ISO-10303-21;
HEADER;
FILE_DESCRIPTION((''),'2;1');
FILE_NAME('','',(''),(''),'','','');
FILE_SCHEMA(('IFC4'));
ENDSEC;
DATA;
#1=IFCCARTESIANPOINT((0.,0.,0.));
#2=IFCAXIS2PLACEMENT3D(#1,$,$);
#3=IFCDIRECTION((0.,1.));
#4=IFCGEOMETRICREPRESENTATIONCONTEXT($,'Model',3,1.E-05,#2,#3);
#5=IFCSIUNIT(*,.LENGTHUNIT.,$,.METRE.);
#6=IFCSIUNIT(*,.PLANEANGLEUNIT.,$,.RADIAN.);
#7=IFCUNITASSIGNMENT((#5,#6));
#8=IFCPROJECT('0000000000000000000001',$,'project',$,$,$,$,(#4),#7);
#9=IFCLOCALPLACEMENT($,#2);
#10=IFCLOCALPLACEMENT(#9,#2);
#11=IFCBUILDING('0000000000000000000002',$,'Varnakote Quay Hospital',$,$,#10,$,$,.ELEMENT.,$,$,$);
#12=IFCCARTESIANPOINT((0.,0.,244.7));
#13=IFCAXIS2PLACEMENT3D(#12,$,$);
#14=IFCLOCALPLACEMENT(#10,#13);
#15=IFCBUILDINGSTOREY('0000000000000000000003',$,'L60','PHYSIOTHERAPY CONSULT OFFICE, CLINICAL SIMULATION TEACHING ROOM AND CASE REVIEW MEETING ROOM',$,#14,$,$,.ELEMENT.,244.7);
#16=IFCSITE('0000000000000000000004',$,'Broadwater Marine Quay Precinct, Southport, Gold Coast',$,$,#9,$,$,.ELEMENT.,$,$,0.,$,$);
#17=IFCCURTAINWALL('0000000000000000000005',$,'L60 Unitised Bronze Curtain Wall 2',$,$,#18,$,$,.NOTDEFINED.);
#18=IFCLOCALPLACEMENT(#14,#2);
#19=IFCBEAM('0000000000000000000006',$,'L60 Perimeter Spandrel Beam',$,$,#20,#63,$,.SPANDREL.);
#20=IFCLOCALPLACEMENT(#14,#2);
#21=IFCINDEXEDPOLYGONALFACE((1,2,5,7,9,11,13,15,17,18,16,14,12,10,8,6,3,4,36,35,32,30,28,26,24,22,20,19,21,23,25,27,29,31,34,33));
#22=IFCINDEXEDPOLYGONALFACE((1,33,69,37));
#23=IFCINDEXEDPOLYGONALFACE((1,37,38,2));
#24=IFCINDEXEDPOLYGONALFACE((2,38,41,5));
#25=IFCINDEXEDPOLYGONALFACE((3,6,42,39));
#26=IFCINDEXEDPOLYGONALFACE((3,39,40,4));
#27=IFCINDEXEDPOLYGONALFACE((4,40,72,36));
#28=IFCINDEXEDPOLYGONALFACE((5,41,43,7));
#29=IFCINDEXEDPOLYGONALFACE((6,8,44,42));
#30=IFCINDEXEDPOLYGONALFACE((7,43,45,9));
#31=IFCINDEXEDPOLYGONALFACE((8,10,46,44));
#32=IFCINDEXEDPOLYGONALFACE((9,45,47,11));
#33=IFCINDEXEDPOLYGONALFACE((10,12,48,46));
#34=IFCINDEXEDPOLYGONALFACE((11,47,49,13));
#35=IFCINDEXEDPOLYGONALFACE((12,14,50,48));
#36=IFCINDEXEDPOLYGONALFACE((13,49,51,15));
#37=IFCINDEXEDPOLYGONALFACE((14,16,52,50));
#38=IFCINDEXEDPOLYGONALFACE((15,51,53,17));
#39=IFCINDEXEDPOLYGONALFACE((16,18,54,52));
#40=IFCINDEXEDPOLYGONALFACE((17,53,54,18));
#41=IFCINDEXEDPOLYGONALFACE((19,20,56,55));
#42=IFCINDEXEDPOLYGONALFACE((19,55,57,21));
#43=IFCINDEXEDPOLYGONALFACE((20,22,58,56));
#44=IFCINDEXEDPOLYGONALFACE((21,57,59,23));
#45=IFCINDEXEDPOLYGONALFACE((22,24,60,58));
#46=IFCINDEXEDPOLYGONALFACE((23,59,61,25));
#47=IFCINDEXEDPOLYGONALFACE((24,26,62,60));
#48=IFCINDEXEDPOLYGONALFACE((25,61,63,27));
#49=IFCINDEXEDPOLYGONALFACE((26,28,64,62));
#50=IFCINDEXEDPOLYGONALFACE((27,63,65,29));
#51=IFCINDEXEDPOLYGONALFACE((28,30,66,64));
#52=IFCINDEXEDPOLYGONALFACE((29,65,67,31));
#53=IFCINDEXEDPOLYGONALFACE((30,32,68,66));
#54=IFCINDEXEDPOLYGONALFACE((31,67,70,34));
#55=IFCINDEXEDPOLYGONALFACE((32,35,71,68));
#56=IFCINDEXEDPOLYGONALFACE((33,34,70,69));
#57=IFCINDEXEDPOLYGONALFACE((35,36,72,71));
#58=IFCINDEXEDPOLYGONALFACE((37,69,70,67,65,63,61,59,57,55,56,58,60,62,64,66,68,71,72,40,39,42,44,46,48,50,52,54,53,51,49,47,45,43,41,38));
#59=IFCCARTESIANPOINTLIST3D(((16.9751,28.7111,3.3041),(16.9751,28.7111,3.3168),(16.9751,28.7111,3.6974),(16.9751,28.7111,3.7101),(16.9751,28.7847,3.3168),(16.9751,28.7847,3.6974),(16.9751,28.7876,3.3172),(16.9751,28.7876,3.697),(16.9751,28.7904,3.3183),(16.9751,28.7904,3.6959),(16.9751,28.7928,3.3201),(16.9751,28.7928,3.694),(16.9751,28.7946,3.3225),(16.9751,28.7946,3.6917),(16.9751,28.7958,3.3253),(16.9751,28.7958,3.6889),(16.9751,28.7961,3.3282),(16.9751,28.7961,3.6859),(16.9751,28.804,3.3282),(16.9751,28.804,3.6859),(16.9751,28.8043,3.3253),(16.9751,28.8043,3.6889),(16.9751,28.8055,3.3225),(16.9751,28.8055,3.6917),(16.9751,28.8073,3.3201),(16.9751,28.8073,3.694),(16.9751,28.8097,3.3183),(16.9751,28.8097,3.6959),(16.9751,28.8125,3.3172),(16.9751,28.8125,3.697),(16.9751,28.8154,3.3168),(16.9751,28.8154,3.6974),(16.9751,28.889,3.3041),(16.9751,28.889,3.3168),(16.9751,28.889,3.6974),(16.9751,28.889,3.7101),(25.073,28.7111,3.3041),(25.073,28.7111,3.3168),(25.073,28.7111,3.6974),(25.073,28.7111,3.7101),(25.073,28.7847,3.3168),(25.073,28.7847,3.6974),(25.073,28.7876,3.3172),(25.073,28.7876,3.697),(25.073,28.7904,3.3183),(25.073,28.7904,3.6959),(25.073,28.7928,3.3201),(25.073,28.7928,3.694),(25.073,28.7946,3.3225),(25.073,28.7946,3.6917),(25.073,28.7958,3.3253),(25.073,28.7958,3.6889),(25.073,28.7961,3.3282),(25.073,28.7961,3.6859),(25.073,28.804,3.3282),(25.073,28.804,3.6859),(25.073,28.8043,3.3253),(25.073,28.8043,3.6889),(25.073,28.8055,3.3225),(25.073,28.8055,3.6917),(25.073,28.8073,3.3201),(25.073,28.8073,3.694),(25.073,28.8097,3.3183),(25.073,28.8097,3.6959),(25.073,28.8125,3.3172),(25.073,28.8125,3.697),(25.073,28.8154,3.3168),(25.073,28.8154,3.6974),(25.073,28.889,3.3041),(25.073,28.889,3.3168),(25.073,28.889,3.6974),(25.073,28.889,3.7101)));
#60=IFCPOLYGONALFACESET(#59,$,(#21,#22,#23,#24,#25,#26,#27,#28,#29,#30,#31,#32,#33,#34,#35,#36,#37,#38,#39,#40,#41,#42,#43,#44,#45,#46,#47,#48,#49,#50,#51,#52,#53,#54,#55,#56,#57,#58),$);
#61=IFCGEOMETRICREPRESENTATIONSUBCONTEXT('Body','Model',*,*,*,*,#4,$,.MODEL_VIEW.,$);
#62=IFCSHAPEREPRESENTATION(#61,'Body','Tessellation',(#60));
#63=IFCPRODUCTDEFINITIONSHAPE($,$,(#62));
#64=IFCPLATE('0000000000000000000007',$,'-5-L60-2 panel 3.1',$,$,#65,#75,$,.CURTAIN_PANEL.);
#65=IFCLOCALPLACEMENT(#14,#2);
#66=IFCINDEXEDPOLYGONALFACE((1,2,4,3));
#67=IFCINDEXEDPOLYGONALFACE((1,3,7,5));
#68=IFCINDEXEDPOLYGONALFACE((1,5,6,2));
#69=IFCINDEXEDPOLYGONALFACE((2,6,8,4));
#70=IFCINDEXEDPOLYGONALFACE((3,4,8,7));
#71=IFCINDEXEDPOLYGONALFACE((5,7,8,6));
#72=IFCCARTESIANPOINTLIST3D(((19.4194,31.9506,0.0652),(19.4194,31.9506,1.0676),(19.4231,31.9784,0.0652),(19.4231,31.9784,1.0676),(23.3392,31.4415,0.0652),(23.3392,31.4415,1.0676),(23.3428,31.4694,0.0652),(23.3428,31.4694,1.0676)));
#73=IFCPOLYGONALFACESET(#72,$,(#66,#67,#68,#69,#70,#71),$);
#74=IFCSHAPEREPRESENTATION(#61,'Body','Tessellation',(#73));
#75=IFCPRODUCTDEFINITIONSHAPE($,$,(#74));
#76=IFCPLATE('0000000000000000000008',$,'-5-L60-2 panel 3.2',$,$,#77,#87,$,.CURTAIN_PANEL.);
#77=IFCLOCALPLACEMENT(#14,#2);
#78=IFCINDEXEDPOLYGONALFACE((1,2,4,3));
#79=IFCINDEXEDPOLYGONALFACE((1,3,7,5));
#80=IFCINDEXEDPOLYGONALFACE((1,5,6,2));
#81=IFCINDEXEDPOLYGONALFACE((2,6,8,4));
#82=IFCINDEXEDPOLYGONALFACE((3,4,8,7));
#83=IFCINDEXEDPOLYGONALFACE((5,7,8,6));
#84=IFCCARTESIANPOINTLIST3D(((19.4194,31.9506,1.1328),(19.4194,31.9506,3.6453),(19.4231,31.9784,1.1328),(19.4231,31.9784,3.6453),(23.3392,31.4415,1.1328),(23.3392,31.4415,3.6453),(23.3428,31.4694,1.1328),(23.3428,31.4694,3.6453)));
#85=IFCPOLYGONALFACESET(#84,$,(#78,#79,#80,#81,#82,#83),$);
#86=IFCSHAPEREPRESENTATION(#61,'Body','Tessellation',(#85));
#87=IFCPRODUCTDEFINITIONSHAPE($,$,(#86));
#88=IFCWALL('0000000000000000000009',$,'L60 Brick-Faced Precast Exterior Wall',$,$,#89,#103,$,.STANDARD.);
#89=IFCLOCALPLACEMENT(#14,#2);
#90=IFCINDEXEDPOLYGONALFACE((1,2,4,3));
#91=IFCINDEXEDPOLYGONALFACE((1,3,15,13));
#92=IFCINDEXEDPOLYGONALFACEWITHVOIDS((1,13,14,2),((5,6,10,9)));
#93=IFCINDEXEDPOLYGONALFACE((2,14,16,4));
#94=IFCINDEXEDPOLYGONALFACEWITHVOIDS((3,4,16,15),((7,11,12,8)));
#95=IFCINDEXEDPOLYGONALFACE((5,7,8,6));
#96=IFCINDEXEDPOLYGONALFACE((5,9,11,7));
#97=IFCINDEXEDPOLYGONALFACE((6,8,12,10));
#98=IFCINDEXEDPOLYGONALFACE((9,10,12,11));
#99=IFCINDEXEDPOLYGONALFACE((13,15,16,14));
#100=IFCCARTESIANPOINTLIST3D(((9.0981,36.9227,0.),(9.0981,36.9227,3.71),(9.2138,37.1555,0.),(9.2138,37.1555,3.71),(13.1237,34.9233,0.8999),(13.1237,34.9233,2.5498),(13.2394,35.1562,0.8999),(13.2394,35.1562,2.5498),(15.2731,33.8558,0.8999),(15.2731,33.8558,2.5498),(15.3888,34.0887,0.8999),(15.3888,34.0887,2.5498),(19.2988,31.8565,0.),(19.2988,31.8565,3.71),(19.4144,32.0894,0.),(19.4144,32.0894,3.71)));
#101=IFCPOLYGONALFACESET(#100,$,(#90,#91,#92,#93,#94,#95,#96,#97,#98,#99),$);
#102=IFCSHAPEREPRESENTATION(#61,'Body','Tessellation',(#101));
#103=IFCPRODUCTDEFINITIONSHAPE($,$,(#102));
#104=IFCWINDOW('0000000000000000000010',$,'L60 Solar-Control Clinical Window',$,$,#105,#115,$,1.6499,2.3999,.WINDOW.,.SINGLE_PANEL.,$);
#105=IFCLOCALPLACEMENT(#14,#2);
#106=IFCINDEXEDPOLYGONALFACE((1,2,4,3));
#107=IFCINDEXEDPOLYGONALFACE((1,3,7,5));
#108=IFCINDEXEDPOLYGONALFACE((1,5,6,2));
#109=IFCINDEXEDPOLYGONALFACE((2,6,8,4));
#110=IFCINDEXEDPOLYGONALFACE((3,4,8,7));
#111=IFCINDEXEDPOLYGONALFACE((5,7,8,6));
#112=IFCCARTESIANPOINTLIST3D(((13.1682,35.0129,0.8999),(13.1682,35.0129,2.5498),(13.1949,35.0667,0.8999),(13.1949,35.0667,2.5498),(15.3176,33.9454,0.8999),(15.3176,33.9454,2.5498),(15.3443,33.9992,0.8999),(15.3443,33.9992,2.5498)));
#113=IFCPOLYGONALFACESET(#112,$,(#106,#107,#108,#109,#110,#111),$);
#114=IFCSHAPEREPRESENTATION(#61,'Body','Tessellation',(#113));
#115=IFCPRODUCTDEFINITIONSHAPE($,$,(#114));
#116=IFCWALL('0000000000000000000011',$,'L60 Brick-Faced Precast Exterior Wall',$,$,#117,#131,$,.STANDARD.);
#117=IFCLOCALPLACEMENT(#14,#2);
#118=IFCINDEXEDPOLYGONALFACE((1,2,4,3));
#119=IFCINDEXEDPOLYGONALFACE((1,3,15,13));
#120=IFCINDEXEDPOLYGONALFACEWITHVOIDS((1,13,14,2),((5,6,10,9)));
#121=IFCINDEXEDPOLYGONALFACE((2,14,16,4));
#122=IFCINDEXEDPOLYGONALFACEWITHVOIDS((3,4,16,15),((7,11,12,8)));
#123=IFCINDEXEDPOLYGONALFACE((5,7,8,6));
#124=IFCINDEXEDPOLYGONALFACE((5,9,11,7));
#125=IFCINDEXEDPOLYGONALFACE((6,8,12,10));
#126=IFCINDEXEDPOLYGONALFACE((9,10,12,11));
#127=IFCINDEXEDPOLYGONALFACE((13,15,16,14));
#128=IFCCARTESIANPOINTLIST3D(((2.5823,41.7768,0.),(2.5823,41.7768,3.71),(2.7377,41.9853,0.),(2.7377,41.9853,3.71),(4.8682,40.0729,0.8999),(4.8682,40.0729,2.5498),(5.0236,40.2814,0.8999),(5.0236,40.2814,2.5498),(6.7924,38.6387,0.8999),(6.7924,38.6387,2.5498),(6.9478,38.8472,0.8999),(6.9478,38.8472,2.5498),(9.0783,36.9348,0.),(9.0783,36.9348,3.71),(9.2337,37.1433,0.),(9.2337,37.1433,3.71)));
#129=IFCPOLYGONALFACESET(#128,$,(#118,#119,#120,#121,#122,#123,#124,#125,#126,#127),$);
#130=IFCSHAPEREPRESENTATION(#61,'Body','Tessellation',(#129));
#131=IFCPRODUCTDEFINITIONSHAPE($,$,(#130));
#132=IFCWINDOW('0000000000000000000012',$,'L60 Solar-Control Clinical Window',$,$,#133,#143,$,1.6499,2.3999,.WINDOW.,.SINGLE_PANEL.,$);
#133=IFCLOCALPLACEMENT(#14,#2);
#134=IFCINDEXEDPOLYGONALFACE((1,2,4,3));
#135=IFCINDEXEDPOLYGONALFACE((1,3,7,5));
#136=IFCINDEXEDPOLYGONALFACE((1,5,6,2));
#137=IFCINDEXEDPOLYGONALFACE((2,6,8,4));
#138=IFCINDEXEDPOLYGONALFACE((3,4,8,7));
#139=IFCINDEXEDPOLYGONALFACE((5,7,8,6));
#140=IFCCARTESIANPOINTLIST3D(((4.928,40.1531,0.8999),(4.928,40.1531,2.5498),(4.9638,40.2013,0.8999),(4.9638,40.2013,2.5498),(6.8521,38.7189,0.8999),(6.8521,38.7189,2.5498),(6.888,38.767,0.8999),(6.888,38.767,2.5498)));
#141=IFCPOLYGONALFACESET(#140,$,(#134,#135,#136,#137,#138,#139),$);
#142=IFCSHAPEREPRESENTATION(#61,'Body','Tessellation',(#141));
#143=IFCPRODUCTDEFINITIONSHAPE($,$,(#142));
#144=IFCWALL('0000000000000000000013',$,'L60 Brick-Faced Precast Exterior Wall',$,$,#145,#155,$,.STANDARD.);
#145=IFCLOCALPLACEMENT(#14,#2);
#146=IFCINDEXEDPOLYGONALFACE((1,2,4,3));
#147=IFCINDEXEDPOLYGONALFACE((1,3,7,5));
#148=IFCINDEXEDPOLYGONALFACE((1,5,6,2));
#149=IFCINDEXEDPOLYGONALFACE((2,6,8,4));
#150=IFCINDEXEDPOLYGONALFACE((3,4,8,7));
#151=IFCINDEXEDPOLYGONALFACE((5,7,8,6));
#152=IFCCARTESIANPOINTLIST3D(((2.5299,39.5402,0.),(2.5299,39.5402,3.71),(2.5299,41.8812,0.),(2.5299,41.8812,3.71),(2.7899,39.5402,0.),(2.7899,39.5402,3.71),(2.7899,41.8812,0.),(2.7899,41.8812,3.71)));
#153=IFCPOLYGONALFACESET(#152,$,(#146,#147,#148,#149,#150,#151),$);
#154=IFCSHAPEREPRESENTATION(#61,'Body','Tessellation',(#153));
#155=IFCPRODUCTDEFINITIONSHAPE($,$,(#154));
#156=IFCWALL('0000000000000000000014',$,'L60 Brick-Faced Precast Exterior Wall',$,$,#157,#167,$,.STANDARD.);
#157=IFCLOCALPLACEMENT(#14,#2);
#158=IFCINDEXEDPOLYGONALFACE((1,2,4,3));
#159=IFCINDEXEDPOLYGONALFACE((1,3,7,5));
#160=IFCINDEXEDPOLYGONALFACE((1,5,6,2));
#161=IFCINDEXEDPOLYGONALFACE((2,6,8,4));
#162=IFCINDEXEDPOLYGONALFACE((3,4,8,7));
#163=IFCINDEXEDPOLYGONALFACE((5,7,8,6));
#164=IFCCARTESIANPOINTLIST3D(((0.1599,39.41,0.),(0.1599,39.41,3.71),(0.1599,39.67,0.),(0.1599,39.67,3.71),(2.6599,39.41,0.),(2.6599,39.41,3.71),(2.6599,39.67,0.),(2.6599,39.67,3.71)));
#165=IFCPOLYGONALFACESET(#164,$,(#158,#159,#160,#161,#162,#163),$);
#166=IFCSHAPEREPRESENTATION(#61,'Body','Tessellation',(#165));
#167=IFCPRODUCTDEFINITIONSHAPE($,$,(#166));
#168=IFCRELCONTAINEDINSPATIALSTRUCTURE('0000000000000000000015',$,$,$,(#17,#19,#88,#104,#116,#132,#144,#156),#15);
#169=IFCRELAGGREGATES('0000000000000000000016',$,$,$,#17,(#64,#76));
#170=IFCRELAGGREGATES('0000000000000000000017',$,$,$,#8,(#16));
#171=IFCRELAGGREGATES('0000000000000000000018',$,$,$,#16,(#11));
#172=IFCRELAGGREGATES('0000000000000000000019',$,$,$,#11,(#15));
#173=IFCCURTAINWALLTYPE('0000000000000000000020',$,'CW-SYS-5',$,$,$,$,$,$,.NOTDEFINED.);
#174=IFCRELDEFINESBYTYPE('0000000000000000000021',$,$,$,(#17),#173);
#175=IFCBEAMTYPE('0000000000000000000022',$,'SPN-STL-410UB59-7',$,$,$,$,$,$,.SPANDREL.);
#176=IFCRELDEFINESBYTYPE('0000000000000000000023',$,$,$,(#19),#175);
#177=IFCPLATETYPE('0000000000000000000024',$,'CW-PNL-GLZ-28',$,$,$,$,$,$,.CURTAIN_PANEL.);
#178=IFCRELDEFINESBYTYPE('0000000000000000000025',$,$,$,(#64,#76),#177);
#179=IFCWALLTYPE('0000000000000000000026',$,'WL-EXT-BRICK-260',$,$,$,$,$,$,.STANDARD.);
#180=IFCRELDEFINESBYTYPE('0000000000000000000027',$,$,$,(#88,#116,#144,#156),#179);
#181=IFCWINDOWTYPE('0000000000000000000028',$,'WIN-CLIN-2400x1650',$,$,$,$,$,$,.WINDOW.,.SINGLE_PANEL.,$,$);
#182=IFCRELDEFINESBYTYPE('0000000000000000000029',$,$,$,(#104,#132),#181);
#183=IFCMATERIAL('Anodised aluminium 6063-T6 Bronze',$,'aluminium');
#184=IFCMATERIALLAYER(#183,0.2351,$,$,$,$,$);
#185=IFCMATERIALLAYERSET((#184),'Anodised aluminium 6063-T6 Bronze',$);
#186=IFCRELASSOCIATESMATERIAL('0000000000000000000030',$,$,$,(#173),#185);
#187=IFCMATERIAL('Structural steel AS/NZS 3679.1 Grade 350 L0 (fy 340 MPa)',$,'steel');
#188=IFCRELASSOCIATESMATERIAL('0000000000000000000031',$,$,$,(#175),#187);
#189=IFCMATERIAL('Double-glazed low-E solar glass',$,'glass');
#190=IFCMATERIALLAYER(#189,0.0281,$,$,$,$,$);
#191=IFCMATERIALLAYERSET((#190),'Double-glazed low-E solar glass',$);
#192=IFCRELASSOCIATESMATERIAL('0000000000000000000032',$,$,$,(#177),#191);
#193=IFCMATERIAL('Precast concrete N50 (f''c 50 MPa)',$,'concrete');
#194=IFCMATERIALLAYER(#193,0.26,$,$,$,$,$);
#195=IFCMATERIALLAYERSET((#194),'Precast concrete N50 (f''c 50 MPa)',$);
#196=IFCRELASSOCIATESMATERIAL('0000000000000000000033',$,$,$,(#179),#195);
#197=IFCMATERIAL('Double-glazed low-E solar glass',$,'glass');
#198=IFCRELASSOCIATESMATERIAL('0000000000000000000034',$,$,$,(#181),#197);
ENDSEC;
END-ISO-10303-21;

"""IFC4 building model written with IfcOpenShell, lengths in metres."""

from ifc_helpers import new_model, si_unit, direction, frame, frame_2d, origin, origin_2d, place, context, subcontext, project, spatial, rectangle, i_section, extrude, material, layer, layer_set, material_profile, profile_set, type_object, element, fill, aggregate, save


model = new_model("IFC4")

# Units and contexts
model_context = context("Model", 3, precision=1e-05, world=origin(), true_north=direction((0.0, 1.0)))
body_context = subcontext(model_context, "Body", "Model", "MODEL_VIEW")
ifc_project = project(units=[si_unit("LENGTHUNIT", "METRE"), si_unit("PLANEANGLEUNIT", "RADIAN")], contexts=[model_context])

# Site, building, storey
site_placement = place(None, origin())
site = spatial("IfcSite", under=ifc_project, at=site_placement, Name="Broadwater Marine Quay Precinct, Southport, Gold Coast", CompositionType="ELEMENT", RefElevation=0.0)
building_placement = place(site_placement, origin())
building = spatial("IfcBuilding", under=site, at=building_placement, Name="Varnakote Quay Hospital", CompositionType="ELEMENT")
storey_placement = place(building_placement, frame((0.0, 0.0, 244.7)))
storey = spatial("IfcBuildingStorey", under=building, at=storey_placement, Name="L60", Description="PHYSIOTHERAPY CONSULT OFFICE, CLINICAL SIMULATION TEACHING ROOM AND CASE REVIEW MEETING ROOM", CompositionType="ELEMENT", Elevation=244.7)

# Curtain wall
ifc_material_1 = material(Name="Anodised aluminium 6063-T6 Bronze", Category="aluminium")
ifc_layer_1 = layer(ifc_material_1, 0.2351)
ifc_layer_set_1 = layer_set([ifc_layer_1], Name="Anodised aluminium 6063-T6 Bronze")
curtain_wall_type = type_object("IfcCurtainWallType", Name="CW-SYS-5", PredefinedType="NOTDEFINED", material=ifc_layer_set_1)
curtain_wall_placement = place(storey_placement, origin())
curtain_wall = element("IfcCurtainWall", 1, at=curtain_wall_placement, inside=storey, type_object=curtain_wall_type, Name="L60 Unitised Bronze Curtain Wall 2", PredefinedType="NOTDEFINED")

# Beam
ifc_material_2 = material(Name="Structural steel AS/NZS 3679.1 Grade 350 L0 (fy 340 MPa)", Category="steel")
ifc_material_profile_1 = material_profile(ifc_material_2, i_section(OverallWidth=0.178, OverallDepth=0.406, WebThickness=0.0078, FlangeThickness=0.0127, FilletRadius=0.0115, at=origin_2d()), Name="410UB59.7")
ifc_profile_set_1 = profile_set([ifc_material_profile_1], Name="Structural steel AS/NZS 3679.1 Grade 350 L0 (fy 340 MPa)")
beam_type_1 = type_object("IfcBeamType", Name="SPN-STL-410UB59-7", PredefinedType="SPANDREL", material=ifc_profile_set_1)
beam_1_placement = place(storey_placement, frame((16.9751, 28.8, 3.5071), z_axis=(1.0, 0.0, 0.0), x_axis=(0.0, 1.0, 0.0)))
element("IfcBeam", 2, at=beam_1_placement, inside=storey, type_object=beam_type_1, Name="L60 Perimeter Spandrel Beam", PredefinedType="SPANDREL", context=body_context, shape_type="SweptSolid", body=[
    extrude(i_section(OverallWidth=0.178, OverallDepth=0.406, WebThickness=0.0078, FlangeThickness=0.0127, FilletRadius=0.0115, at=origin_2d()), origin(), (0.0, 0.0, 1.0), 8.0979),
])

# Plates
ifc_material_3 = material(Name="Double-glazed low-E solar glass", Category="glass")
ifc_layer_2 = layer(ifc_material_3, 0.0281)
ifc_layer_set_2 = layer_set([ifc_layer_2], Name="Double-glazed low-E solar glass")
plate_type = type_object("IfcPlateType", Name="CW-PNL-GLZ-28", PredefinedType="CURTAIN_PANEL", material=ifc_layer_set_2)
plate_1_placement = place(storey_placement, frame((21.3811, 31.71, 0.0652), z_axis=(0.0, 0.0, 1.0), x_axis=(-0.991672, 0.128787, 0.0)))
plate_1 = element("IfcPlate", 3, at=plate_1_placement, type_object=plate_type, Name="-5-L60-2 panel 3.1", PredefinedType="CURTAIN_PANEL", context=body_context, shape_type="SweptSolid", body=[
    extrude(rectangle(XDim=3.9526, YDim=0.0281, at=origin_2d()), origin(), (0.0, 0.0, 1.0), 1.0024),
])
plate_2_placement = place(storey_placement, frame((21.3811, 31.71, 1.1328), z_axis=(0.0, 0.0, 1.0), x_axis=(-0.991672, 0.128787, 0.0)))
plate_2 = element("IfcPlate", 4, at=plate_2_placement, type_object=plate_type, Name="-5-L60-2 panel 3.2", PredefinedType="CURTAIN_PANEL", context=body_context, shape_type="SweptSolid", body=[
    extrude(rectangle(XDim=3.9526, YDim=0.0281, at=origin_2d()), origin(), (0.0, 0.0, 1.0), 2.5125),
])
aggregate(curtain_wall, [plate_1, plate_2])

# Walls, openings, windows
ifc_material_4 = material(Name="Precast concrete N50 (f'c 50 MPa)", Category="concrete")
ifc_layer_3 = layer(ifc_material_4, 0.26)
ifc_layer_set_3 = layer_set([ifc_layer_3], Name="Precast concrete N50 (f'c 50 MPa)")
wall_type = type_object("IfcWallType", Name="WL-EXT-BRICK-260", PredefinedType="STANDARD", material=ifc_layer_set_3)
wall_1_placement = place(storey_placement, frame((19.3567, 31.9729, 0.0), z_axis=(0.0, 0.0, 1.0), x_axis=(-0.895624, 0.444811, 0.0)))
wall_1 = element("IfcWall", 5, at=wall_1_placement, inside=storey, type_object=wall_type, Name="L60 Brick-Faced Precast Exterior Wall", PredefinedType="STANDARD", context=body_context, shape_type="SweptSolid", body=[
    extrude(rectangle(XDim=11.3894, YDim=0.26, at=frame_2d((5.6948, 0.0))), origin(), (0.0, 0.0, 1.0), 3.71),
])
opening_1_placement = place(wall_1_placement, frame((4.4949, 0.0, 0.8999)))
opening_1 = element("IfcOpeningElement", 6, at=opening_1_placement, cuts=wall_1, PredefinedType="OPENING", context=body_context, shape_type="SweptSolid", body=[
    extrude(rectangle(XDim=2.3999, YDim=1.6499, at=frame_2d((1.2, 0.825))), frame((0.0, 0.1399, 0.0), z_axis=(0.0, -1.0, 0.0), x_axis=(1.0, 0.0, 0.0)), (0.0, 0.0, 1.0), 0.28),
])
ifc_material_5 = material(Name="Double-glazed low-E solar glass", Category="glass")
window_type = type_object("IfcWindowType", Name="WIN-CLIN-2400x1650", PartitioningType="SINGLE_PANEL", PredefinedType="WINDOW", material=ifc_material_5)
window_1_placement = place(opening_1_placement, origin())
window_1 = element("IfcWindow", 7, at=window_1_placement, inside=storey, type_object=window_type, Name="L60 Solar-Control Clinical Window", OverallHeight=1.6499, OverallWidth=2.3999, PartitioningType="SINGLE_PANEL", PredefinedType="WINDOW", context=body_context, shape_type="SweptSolid", body=[
    extrude(rectangle(XDim=2.3999, YDim=1.6499, at=frame_2d((1.2, 0.825))), frame((0.0, 0.03, 0.0), z_axis=(0.0, -1.0, 0.0), x_axis=(1.0, 0.0, 0.0)), (0.0, 0.0, 1.0), 0.0601),
])
fill(opening_1, window_1)
wall_2_placement = place(storey_placement, frame((9.156, 37.0391, 0.0), z_axis=(0.0, 0.0, 1.0), x_axis=(-0.801776, 0.597625, 0.0)))
wall_2 = element("IfcWall", 8, at=wall_2_placement, inside=storey, type_object=wall_type, Name="L60 Brick-Faced Precast Exterior Wall", PredefinedType="STANDARD", context=body_context, shape_type="SweptSolid", body=[
    extrude(rectangle(XDim=8.1021, YDim=0.26, at=frame_2d((4.051, 0.0))), origin(), (0.0, 0.0, 1.0), 3.71),
])
opening_2_placement = place(wall_2_placement, frame((2.8511, 0.0, 0.8999)))
opening_2 = element("IfcOpeningElement", 9, at=opening_2_placement, cuts=wall_2, PredefinedType="OPENING", context=body_context, shape_type="SweptSolid", body=[
    extrude(rectangle(XDim=2.3999, YDim=1.6499, at=frame_2d((1.2, 0.825))), frame((0.0, 0.1399, 0.0), z_axis=(0.0, -1.0, 0.0), x_axis=(1.0, 0.0, 0.0)), (0.0, 0.0, 1.0), 0.28),
])
window_2_placement = place(opening_2_placement, origin())
window_2 = element("IfcWindow", 10, at=window_2_placement, inside=storey, type_object=window_type, Name="L60 Solar-Control Clinical Window", OverallHeight=1.6499, OverallWidth=2.3999, PartitioningType="SINGLE_PANEL", PredefinedType="WINDOW", context=body_context, shape_type="SweptSolid", body=[
    extrude(rectangle(XDim=2.3999, YDim=1.6499, at=frame_2d((1.2, 0.825))), frame((0.0, 0.03, 0.0), z_axis=(0.0, -1.0, 0.0), x_axis=(1.0, 0.0, 0.0)), (0.0, 0.0, 1.0), 0.0601),
])
fill(opening_2, window_2)

# Walls
wall_3_placement = place(storey_placement, frame((2.6599, 41.8811, 0.0), z_axis=(0.0, 0.0, 1.0), x_axis=(0.0, -1.0, 0.0)))
element("IfcWall", 11, at=wall_3_placement, inside=storey, type_object=wall_type, Name="L60 Brick-Faced Precast Exterior Wall", PredefinedType="STANDARD", context=body_context, shape_type="SweptSolid", body=[
    extrude(rectangle(XDim=2.3411, YDim=0.26, at=frame_2d((1.1704, 0.0))), origin(), (0.0, 0.0, 1.0), 3.71),
])
wall_4_placement = place(storey_placement, frame((2.6599, 39.54, 0.0), z_axis=(0.0, 0.0, 1.0), x_axis=(-1.0, 0.0, 0.0)))
element("IfcWall", 12, at=wall_4_placement, inside=storey, type_object=wall_type, Name="L60 Brick-Faced Precast Exterior Wall", PredefinedType="STANDARD", context=body_context, shape_type="SweptSolid", body=[
    extrude(rectangle(XDim=2.5, YDim=0.26, at=frame_2d((1.25, 0.0))), origin(), (0.0, 0.0, 1.0), 3.71),
])

save(model, "model.ifc")
